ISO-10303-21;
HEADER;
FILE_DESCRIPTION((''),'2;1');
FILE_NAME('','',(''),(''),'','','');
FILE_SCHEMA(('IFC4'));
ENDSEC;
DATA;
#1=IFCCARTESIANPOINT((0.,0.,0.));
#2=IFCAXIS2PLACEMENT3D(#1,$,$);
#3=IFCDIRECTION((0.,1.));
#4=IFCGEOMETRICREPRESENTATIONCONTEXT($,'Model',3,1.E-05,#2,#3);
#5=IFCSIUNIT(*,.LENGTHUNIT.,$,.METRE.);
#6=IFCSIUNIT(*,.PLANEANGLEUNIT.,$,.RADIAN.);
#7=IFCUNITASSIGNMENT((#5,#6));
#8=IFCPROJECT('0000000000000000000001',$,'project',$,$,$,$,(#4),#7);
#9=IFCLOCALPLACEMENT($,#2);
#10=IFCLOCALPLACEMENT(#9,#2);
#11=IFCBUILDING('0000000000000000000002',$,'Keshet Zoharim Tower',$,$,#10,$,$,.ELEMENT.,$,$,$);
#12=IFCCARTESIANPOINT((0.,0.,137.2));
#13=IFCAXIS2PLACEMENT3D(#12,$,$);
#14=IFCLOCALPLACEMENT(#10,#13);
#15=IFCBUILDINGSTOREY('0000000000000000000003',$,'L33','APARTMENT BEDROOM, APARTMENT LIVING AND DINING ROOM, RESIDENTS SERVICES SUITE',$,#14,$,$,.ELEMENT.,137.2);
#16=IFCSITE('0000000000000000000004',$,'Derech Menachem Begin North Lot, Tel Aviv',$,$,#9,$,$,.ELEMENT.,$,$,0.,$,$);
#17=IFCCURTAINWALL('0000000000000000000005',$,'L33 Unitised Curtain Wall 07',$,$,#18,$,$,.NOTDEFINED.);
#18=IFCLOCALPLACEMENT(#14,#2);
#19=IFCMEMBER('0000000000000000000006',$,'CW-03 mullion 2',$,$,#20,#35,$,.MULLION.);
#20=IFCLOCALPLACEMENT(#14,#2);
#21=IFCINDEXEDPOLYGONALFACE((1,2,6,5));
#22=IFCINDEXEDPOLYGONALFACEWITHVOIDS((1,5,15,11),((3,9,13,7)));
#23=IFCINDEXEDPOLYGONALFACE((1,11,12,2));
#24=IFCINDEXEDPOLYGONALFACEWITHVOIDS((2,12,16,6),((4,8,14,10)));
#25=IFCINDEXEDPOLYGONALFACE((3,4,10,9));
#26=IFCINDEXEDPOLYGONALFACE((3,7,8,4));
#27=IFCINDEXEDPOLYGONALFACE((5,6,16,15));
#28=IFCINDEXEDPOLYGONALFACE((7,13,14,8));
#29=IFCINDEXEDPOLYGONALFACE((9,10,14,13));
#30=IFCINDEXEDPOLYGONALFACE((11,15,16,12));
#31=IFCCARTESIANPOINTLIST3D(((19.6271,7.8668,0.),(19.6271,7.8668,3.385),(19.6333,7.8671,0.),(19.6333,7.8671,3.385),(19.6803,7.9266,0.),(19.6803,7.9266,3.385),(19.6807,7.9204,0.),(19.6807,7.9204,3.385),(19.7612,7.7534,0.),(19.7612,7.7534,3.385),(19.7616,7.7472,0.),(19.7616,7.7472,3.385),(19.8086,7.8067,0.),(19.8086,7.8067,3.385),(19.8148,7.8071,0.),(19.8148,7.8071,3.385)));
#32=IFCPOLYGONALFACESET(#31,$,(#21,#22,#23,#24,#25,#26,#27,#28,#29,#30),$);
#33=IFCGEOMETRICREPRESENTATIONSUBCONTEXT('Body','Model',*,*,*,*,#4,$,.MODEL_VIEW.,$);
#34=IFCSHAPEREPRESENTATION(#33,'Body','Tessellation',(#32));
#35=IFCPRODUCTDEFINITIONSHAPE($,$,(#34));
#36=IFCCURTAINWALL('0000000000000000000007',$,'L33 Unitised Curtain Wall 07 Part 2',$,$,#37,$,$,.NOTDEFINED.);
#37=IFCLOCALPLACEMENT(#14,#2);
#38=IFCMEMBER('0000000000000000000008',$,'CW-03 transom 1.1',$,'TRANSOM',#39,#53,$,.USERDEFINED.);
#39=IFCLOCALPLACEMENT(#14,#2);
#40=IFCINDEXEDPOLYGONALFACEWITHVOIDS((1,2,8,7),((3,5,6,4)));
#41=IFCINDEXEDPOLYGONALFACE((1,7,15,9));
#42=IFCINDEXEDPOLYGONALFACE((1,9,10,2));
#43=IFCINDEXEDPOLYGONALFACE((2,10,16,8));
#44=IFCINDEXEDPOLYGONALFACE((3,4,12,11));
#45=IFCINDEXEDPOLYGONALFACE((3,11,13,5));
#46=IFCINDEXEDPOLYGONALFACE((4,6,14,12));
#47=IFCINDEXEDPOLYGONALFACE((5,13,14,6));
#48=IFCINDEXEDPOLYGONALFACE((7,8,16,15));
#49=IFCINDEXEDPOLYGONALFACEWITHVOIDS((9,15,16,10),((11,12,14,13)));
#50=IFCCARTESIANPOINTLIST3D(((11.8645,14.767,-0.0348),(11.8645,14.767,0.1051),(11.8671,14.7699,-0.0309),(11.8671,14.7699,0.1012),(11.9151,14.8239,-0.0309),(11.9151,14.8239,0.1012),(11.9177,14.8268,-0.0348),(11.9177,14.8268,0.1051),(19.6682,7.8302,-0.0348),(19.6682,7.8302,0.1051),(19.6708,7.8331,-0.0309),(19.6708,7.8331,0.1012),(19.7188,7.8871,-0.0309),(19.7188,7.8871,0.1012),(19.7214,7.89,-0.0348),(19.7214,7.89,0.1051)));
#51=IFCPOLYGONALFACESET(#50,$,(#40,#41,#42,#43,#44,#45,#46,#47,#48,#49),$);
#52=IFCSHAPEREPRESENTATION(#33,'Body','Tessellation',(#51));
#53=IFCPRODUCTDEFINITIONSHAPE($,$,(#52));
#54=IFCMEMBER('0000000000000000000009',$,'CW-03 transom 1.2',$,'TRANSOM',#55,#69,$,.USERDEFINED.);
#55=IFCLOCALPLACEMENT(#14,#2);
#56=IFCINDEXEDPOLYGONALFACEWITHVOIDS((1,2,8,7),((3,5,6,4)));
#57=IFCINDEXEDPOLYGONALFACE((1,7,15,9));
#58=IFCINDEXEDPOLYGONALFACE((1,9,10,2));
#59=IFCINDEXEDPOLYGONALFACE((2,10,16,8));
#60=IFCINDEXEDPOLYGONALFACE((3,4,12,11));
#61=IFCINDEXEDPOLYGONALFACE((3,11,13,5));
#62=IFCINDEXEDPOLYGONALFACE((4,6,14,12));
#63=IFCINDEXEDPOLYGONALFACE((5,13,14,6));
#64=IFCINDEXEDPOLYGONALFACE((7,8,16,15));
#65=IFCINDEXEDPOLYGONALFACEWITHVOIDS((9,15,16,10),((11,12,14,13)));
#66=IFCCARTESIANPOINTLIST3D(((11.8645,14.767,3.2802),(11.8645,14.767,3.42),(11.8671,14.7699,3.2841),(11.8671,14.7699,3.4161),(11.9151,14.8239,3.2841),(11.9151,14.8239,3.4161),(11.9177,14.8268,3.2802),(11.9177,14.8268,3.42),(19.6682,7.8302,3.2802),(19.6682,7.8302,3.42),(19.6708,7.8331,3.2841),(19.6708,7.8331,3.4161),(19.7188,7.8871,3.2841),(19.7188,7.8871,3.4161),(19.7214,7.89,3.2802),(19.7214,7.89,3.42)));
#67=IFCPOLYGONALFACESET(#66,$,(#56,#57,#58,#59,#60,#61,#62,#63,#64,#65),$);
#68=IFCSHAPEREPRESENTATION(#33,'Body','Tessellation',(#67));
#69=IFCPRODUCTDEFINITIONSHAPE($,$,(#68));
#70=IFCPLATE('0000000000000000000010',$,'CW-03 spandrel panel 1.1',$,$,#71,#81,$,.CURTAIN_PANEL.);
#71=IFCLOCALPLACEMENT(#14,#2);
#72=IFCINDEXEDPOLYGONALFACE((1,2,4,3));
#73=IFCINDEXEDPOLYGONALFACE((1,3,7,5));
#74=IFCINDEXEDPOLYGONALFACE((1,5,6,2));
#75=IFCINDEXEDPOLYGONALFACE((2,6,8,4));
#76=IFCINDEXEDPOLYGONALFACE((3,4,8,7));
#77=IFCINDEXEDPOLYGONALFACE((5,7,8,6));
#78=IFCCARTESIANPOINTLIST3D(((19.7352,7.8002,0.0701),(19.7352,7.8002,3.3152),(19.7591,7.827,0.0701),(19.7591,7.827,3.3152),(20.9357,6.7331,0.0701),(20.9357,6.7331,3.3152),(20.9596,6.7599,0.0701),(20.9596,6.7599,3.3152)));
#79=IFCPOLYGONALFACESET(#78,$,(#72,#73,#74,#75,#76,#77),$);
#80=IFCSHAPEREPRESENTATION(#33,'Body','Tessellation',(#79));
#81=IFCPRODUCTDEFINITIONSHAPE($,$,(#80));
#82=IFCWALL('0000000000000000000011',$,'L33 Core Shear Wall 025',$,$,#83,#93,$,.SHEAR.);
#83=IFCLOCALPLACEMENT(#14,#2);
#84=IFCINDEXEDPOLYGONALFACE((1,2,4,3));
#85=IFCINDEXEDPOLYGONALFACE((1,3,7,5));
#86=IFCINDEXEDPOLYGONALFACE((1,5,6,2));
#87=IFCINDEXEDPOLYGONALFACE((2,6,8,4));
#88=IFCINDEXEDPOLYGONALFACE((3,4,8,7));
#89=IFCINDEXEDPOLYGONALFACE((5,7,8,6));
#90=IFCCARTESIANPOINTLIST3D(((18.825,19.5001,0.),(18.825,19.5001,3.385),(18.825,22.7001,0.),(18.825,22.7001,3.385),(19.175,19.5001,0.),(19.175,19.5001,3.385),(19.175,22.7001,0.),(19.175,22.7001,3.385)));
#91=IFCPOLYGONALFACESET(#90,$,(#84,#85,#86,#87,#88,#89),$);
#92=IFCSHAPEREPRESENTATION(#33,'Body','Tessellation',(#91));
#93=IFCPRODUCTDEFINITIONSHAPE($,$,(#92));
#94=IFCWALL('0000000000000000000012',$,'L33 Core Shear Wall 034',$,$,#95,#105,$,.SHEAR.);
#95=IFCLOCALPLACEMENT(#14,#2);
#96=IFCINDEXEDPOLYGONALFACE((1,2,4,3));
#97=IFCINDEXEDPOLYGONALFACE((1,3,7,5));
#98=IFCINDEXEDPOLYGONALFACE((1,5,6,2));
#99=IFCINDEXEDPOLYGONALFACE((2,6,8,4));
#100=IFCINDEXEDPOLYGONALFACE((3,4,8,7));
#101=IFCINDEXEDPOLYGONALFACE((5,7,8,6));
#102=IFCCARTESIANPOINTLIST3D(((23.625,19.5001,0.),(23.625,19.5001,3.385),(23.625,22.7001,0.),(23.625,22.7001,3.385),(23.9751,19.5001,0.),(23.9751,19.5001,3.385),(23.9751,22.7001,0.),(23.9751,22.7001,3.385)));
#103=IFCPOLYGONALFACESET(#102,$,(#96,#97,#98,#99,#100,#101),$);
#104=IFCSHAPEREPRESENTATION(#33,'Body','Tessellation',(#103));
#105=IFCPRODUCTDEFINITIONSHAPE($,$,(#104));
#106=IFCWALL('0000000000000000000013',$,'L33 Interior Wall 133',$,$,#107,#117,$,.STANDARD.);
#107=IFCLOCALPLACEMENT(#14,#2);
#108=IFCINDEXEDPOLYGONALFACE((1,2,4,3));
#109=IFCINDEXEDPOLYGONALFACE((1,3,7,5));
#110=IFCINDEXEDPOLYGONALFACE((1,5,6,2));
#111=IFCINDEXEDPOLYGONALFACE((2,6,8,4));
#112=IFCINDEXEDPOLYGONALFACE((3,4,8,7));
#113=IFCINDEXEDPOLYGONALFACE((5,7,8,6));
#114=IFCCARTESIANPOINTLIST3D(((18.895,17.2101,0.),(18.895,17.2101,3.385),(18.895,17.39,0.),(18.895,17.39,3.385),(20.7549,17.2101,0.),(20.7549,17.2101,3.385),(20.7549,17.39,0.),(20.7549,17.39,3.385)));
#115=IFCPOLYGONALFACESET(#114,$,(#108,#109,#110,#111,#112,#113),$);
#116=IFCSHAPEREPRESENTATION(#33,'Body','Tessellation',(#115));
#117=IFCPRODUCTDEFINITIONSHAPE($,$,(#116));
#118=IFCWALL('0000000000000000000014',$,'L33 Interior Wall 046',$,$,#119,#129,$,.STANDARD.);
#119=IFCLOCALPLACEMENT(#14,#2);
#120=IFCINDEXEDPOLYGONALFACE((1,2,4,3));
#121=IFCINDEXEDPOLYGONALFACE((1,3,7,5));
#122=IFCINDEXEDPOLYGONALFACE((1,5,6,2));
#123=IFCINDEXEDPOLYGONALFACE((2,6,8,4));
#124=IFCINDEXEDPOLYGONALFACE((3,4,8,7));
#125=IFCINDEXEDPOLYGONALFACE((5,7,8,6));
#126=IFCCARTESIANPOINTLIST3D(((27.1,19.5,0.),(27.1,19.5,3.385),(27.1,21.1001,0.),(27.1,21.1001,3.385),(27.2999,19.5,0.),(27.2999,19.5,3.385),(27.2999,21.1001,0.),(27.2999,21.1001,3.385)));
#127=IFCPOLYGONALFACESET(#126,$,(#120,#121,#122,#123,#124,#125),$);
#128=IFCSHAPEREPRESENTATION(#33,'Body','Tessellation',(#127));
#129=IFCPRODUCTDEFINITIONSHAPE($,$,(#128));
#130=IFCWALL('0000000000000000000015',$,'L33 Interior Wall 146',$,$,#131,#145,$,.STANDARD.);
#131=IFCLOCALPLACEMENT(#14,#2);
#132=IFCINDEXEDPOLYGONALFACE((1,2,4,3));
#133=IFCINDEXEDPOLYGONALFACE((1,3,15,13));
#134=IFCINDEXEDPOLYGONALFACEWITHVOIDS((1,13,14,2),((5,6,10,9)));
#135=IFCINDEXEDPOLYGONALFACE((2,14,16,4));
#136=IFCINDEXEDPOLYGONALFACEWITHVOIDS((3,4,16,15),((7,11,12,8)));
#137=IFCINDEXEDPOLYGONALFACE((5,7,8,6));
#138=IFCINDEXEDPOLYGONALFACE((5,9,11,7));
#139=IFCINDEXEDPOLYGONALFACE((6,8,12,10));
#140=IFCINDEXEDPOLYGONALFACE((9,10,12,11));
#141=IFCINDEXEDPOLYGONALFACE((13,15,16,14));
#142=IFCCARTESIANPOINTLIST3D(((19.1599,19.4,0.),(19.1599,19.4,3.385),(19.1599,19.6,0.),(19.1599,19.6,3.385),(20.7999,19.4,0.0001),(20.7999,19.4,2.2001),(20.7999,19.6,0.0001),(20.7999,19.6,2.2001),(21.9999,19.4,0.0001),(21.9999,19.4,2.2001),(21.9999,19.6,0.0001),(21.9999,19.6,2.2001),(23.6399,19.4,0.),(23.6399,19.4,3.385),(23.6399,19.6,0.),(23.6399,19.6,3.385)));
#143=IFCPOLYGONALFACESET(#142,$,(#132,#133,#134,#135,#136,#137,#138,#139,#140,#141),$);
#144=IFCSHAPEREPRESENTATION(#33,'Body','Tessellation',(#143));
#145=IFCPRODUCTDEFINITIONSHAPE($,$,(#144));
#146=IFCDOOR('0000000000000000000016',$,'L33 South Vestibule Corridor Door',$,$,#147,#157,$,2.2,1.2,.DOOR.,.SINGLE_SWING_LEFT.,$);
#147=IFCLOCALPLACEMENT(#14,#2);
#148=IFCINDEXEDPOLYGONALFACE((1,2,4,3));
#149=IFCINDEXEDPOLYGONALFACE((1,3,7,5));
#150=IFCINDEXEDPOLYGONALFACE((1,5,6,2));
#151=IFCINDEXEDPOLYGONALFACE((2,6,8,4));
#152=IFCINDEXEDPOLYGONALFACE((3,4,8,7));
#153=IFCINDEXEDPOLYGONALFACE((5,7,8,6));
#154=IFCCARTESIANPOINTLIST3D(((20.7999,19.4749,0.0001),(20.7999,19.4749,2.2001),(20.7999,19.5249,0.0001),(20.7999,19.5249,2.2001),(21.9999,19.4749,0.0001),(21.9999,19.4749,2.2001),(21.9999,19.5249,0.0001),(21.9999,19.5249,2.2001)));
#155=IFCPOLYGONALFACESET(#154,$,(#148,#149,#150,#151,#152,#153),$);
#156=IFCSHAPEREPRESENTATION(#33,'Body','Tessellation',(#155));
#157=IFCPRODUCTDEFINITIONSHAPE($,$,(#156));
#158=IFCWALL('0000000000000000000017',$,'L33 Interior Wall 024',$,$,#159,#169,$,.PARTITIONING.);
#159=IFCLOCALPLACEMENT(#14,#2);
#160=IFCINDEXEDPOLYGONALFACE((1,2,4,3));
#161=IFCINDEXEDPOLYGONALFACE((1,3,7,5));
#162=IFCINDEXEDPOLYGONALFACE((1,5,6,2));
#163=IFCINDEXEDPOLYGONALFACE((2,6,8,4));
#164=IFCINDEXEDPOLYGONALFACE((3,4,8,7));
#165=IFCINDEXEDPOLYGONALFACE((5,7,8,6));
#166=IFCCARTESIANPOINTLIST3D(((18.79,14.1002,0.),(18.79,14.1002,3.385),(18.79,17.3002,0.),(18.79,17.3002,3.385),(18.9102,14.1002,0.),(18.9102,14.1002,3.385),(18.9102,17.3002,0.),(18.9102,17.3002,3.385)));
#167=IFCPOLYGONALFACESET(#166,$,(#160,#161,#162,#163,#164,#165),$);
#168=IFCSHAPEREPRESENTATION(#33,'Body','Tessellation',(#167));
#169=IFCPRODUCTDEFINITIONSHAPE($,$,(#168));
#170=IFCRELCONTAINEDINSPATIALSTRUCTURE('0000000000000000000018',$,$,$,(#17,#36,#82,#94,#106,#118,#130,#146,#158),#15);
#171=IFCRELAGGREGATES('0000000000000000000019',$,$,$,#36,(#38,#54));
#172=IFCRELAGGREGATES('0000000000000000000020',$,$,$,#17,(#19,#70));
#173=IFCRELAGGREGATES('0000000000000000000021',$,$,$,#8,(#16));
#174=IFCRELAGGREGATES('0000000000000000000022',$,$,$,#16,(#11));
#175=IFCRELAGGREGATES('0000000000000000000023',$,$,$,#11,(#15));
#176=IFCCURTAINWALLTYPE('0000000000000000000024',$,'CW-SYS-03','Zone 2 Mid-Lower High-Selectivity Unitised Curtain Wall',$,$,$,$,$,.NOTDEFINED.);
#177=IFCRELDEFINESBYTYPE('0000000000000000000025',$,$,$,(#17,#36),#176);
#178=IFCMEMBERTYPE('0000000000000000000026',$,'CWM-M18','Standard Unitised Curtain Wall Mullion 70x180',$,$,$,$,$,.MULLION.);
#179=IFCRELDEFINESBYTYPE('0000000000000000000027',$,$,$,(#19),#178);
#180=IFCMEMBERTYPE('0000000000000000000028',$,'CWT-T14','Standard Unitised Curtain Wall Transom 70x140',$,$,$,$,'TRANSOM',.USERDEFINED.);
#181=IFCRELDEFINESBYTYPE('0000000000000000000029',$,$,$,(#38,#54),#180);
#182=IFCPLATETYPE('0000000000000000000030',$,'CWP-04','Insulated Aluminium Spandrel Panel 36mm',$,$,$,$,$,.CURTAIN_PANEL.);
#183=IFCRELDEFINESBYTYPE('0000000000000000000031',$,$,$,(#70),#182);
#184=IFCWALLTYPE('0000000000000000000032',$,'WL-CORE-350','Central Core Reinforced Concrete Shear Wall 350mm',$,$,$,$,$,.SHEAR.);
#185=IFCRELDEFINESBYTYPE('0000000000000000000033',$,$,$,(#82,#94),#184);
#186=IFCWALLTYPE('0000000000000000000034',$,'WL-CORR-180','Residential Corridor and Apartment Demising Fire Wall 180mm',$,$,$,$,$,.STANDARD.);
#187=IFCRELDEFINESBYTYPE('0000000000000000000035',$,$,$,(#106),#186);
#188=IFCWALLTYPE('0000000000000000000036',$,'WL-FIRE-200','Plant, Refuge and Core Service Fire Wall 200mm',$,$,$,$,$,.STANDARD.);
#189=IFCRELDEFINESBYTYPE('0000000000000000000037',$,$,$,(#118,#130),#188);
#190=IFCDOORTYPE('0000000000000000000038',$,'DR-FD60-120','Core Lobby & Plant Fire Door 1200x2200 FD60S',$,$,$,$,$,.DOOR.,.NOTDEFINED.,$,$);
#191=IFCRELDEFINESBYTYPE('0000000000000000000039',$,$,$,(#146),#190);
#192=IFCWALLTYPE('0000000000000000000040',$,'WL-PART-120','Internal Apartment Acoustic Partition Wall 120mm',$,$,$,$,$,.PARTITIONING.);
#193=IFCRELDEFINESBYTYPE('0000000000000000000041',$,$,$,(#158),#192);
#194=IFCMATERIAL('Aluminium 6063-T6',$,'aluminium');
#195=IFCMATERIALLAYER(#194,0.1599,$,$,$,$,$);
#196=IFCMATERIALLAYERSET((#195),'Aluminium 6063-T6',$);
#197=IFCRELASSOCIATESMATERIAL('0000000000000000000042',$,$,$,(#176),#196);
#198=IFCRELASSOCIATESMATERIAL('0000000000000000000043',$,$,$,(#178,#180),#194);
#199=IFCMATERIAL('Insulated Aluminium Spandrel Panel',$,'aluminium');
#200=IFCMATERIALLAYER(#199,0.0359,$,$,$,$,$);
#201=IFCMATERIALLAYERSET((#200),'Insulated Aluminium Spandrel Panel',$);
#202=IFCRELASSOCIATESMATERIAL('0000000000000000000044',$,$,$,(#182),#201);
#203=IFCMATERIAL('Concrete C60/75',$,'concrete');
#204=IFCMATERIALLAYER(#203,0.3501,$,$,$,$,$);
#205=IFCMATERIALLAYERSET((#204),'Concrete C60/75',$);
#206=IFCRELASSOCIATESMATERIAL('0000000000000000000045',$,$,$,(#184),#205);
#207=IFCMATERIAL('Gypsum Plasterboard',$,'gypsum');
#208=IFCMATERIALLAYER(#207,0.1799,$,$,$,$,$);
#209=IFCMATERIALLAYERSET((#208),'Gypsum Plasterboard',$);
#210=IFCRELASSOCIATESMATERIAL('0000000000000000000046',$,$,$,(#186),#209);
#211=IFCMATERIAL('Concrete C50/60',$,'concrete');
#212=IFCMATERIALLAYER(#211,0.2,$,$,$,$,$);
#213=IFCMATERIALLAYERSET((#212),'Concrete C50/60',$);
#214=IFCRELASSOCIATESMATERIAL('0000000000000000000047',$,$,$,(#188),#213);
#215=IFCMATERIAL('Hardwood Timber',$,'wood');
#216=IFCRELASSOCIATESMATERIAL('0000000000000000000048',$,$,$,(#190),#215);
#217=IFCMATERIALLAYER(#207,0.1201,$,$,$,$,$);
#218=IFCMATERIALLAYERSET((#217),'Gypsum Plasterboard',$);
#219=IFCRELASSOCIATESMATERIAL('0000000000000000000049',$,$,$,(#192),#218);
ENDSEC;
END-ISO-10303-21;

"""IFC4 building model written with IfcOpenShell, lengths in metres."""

from ifc_helpers import new_model, si_unit, direction, frame, frame_2d, origin, origin_2d, place, context, subcontext, project, spatial, rectangle, hollow_rectangle, extrude, material, layer, layer_set, material_profile, profile_set, type_object, element, fill, aggregate, save


model = new_model("IFC4")

# Units and contexts
model_context = context("Model", 3, precision=1e-05, world=origin(), true_north=direction((0.0, 1.0)))
body_context = subcontext(model_context, "Body", "Model", "MODEL_VIEW")
ifc_project = project(units=[si_unit("LENGTHUNIT", "METRE"), si_unit("PLANEANGLEUNIT", "RADIAN")], contexts=[model_context])

# Site, building, storey
site_placement = place(None, origin())
site = spatial("IfcSite", under=ifc_project, at=site_placement, Name="Derech Menachem Begin North Lot, Tel Aviv", CompositionType="ELEMENT", RefElevation=0.0)
building_placement = place(site_placement, origin())
building = spatial("IfcBuilding", under=site, at=building_placement, Name="Keshet Zoharim Tower", CompositionType="ELEMENT")
storey_placement = place(building_placement, frame((0.0, 0.0, 137.2)))
storey = spatial("IfcBuildingStorey", under=building, at=storey_placement, Name="L33", Description="APARTMENT BEDROOM, APARTMENT LIVING AND DINING ROOM, RESIDENTS SERVICES SUITE", CompositionType="ELEMENT", Elevation=137.2)

# Curtain wall, member
ifc_material_1 = material(Name="Aluminium 6063-T6", Category="aluminium")
ifc_layer_1 = layer(ifc_material_1, 0.1599)
ifc_layer_set_1 = layer_set([ifc_layer_1], Name="Aluminium 6063-T6")
curtain_wall_type = type_object("IfcCurtainWallType", Name="CW-SYS-03", Description="Zone 2 Mid-Lower High-Selectivity Unitised Curtain Wall", PredefinedType="NOTDEFINED", material=ifc_layer_set_1)
curtain_wall_1_placement = place(storey_placement, origin())
curtain_wall_1 = element("IfcCurtainWall", 1, at=curtain_wall_1_placement, inside=storey, type_object=curtain_wall_type, Name="L33 Unitised Curtain Wall 07", PredefinedType="NOTDEFINED")
ifc_material_profile_1 = material_profile(ifc_material_1, hollow_rectangle(XDim=0.0801, YDim=0.1799, WallThickness=0.0044, at=origin_2d()), Name="MUL-80x180")
ifc_profile_set_1 = profile_set([ifc_material_profile_1], Name="Aluminium 6063-T6")
member_type_1 = type_object("IfcMemberType", Name="CWM-M18", Description="Standard Unitised Curtain Wall Mullion 70x180", PredefinedType="MULLION", material=ifc_profile_set_1)
member_1_placement = place(storey_placement, frame((19.7209, 7.8369, 0.0), z_axis=(0.0, 0.0, 1.0), x_axis=(-0.664367, -0.747406, 0.0)))
member_1 = element("IfcMember", 2, at=member_1_placement, type_object=member_type_1, Name="CW-03 mullion 2", PredefinedType="MULLION", context=body_context, shape_type="SweptSolid", body=[
    extrude(hollow_rectangle(XDim=0.0801, YDim=0.1799, WallThickness=0.0044, at=origin_2d()), origin(), (0.0, 0.0, 1.0), 3.385),
])

# Curtain wall, members
curtain_wall_2_placement = place(storey_placement, origin())
curtain_wall_2 = element("IfcCurtainWall", 3, at=curtain_wall_2_placement, inside=storey, type_object=curtain_wall_type, Name="L33 Unitised Curtain Wall 07 Part 2", PredefinedType="NOTDEFINED")
ifc_material_profile_2 = material_profile(ifc_material_1, hollow_rectangle(XDim=0.0801, YDim=0.1399, WallThickness=0.0039, at=origin_2d()), Name="TRN-80x140")
ifc_profile_set_2 = profile_set([ifc_material_profile_2], Name="Aluminium 6063-T6")
member_type_2 = type_object("IfcMemberType", Name="CWT-T14", Description="Standard Unitised Curtain Wall Transom 70x140", ElementType="TRANSOM", PredefinedType="USERDEFINED", material=ifc_profile_set_2)
member_2_placement = place(storey_placement, frame((19.6948, 7.8601, 0.0352), z_axis=(-0.747403, 0.664371, 0.0), x_axis=(-0.664371, -0.747403, 0.0)))
member_2 = element("IfcMember", 4, at=member_2_placement, type_object=member_type_2, Name="CW-03 transom 1.1", ObjectType="TRANSOM", PredefinedType="USERDEFINED", context=body_context, shape_type="SweptSolid", body=[
    extrude(hollow_rectangle(XDim=0.0801, YDim=0.1399, WallThickness=0.0039, at=origin_2d()), origin(), (0.0, 0.0, 1.0), 10.4412),
])
member_3_placement = place(storey_placement, frame((19.6948, 7.8601, 3.3501), z_axis=(-0.747403, 0.664371, 0.0), x_axis=(-0.664371, -0.747403, 0.0)))
member_3 = element("IfcMember", 5, at=member_3_placement, type_object=member_type_2, Name="CW-03 transom 1.2", ObjectType="TRANSOM", PredefinedType="USERDEFINED", context=body_context, shape_type="SweptSolid", body=[
    extrude(hollow_rectangle(XDim=0.0801, YDim=0.1399, WallThickness=0.0039, at=origin_2d()), origin(), (0.0, 0.0, 1.0), 10.4412),
])
aggregate(curtain_wall_2, [member_2, member_3])

# Plate
ifc_material_2 = material(Name="Insulated Aluminium Spandrel Panel", Category="aluminium")
ifc_layer_2 = layer(ifc_material_2, 0.0359)
ifc_layer_set_2 = layer_set([ifc_layer_2], Name="Insulated Aluminium Spandrel Panel")
plate_type = type_object("IfcPlateType", Name="CWP-04", Description="Insulated Aluminium Spandrel Panel 36mm", PredefinedType="CURTAIN_PANEL", material=ifc_layer_set_2)
plate_placement = place(storey_placement, frame((20.3474, 7.28, 0.0701), z_axis=(0.0, 0.0, 1.0), x_axis=(-0.747406, 0.664367, 0.0)))
plate = element("IfcPlate", 6, at=plate_placement, type_object=plate_type, Name="CW-03 spandrel panel 1.1", PredefinedType="CURTAIN_PANEL", context=body_context, shape_type="SweptSolid", body=[
    extrude(rectangle(XDim=1.6062, YDim=0.0359, at=origin_2d()), origin(), (0.0, 0.0, 1.0), 3.2451),
])
aggregate(curtain_wall_1, [member_1, plate])

# Shared definitions
ifc_material_3 = material(Name="Gypsum Plasterboard", Category="gypsum")
ifc_material_4 = material(Name="Hardwood Timber", Category="wood")

# Walls
ifc_material_5 = material(Name="Concrete C60/75", Category="concrete")
ifc_layer_3 = layer(ifc_material_5, 0.3501)
ifc_layer_set_3 = layer_set([ifc_layer_3], Name="Concrete C60/75")
wall_type_1 = type_object("IfcWallType", Name="WL-CORE-350", Description="Central Core Reinforced Concrete Shear Wall 350mm", PredefinedType="SHEAR", material=ifc_layer_set_3)
for number, where, z_axis, x_axis, name in (
    (7, (19.0, 19.5, 0.0), (0.0, 0.0, 1.0), (0.0, 1.0, 0.0), "L33 Core Shear Wall 025"),
    (8, (23.8, 19.5, 0.0), (0.0, 0.0, 1.0), (0.0, 1.0, 0.0), "L33 Core Shear Wall 034"),
):
    element("IfcWall", number, at=place(storey_placement, frame(where, z_axis=z_axis, x_axis=x_axis)), inside=storey, type_object=wall_type_1, Name=name, PredefinedType="SHEAR", context=body_context, shape_type="SweptSolid", body=[
        extrude(rectangle(XDim=3.2, YDim=0.3501, at=frame_2d((1.6001, 0.0))), origin(), (0.0, 0.0, 1.0), 3.385),
    ])
ifc_layer_4 = layer(ifc_material_3, 0.1799)
ifc_layer_set_4 = layer_set([ifc_layer_4], Name="Gypsum Plasterboard")
wall_type_2 = type_object("IfcWallType", Name="WL-CORR-180", Description="Residential Corridor and Apartment Demising Fire Wall 180mm", PredefinedType="STANDARD", material=ifc_layer_set_4)
wall_1_placement = place(storey_placement, frame((18.895, 17.3, 0.0), z_axis=(0.0, 0.0, 1.0), x_axis=(1.0, 0.0, 0.0)))
element("IfcWall", 9, at=wall_1_placement, inside=storey, type_object=wall_type_2, Name="L33 Interior Wall 133", PredefinedType="STANDARD", context=body_context, shape_type="SweptSolid", body=[
    extrude(rectangle(XDim=1.8599, YDim=0.1799, at=frame_2d((0.9299, 0.0))), origin(), (0.0, 0.0, 1.0), 3.385),
])
ifc_material_6 = material(Name="Concrete C50/60", Category="concrete")
ifc_layer_5 = layer(ifc_material_6, 0.2)
ifc_layer_set_5 = layer_set([ifc_layer_5], Name="Concrete C50/60")
wall_type_3 = type_object("IfcWallType", Name="WL-FIRE-200", Description="Plant, Refuge and Core Service Fire Wall 200mm", PredefinedType="STANDARD", material=ifc_layer_set_5)
wall_2_placement = place(storey_placement, frame((27.2, 19.5, 0.0), z_axis=(0.0, 0.0, 1.0), x_axis=(0.0, 1.0, 0.0)))
element("IfcWall", 10, at=wall_2_placement, inside=storey, type_object=wall_type_3, Name="L33 Interior Wall 046", PredefinedType="STANDARD", context=body_context, shape_type="SweptSolid", body=[
    extrude(rectangle(XDim=1.6001, YDim=0.2, at=frame_2d((0.8, 0.0))), origin(), (0.0, 0.0, 1.0), 3.385),
])

# Wall, opening, door
wall_3_placement = place(storey_placement, frame((19.1599, 19.5, 0.0), z_axis=(0.0, 0.0, 1.0), x_axis=(1.0, 0.0, 0.0)))
wall_3 = element("IfcWall", 11, at=wall_3_placement, inside=storey, type_object=wall_type_3, Name="L33 Interior Wall 146", PredefinedType="STANDARD", context=body_context, shape_type="SweptSolid", body=[
    extrude(rectangle(XDim=4.48, YDim=0.2, at=frame_2d((2.24, 0.0))), origin(), (0.0, 0.0, 1.0), 3.385),
])
opening_1_placement = place(wall_3_placement, frame((1.6399, 0.0, 0.0)))
opening_1 = element("IfcOpeningElement", 12, at=opening_1_placement, cuts=wall_3, PredefinedType="OPENING", context=body_context, shape_type="SweptSolid", body=[
    extrude(rectangle(XDim=1.2, YDim=2.2, at=frame_2d((0.6001, 1.1001))), frame((0.0, 0.1099, 0.0), z_axis=(0.0, -1.0, 0.0), x_axis=(1.0, 0.0, 0.0)), (0.0, 0.0, 1.0), 0.22),
])
door_type_1 = type_object("IfcDoorType", Name="DR-FD60-120", Description="Core Lobby & Plant Fire Door 1200x2200 FD60S", OperationType="NOTDEFINED", PredefinedType="DOOR", material=ifc_material_4)
door_1_placement = place(opening_1_placement, origin())
door_1 = element("IfcDoor", 13, at=door_1_placement, inside=storey, type_object=door_type_1, Name="L33 South Vestibule Corridor Door", OperationType="SINGLE_SWING_LEFT", OverallHeight=2.2, OverallWidth=1.2, PredefinedType="DOOR", context=body_context, shape_type="SweptSolid", body=[
    extrude(rectangle(XDim=1.2, YDim=2.2, at=frame_2d((0.6001, 1.1001))), frame((0.0, 0.0249, 0.0), z_axis=(0.0, -1.0, 0.0), x_axis=(1.0, 0.0, 0.0)), (0.0, 0.0, 1.0), 0.05),
])
fill(opening_1, door_1)

# Wall
ifc_layer_6 = layer(ifc_material_3, 0.1201)
ifc_layer_set_6 = layer_set([ifc_layer_6], Name="Gypsum Plasterboard")
wall_type_4 = type_object("IfcWallType", Name="WL-PART-120", Description="Internal Apartment Acoustic Partition Wall 120mm", PredefinedType="PARTITIONING", material=ifc_layer_set_6)
wall_4_placement = place(storey_placement, frame((18.8501, 14.1001, 0.0), z_axis=(0.0, 0.0, 1.0), x_axis=(0.0, 1.0, 0.0)))
element("IfcWall", 14, at=wall_4_placement, inside=storey, type_object=wall_type_4, Name="L33 Interior Wall 024", PredefinedType="PARTITIONING", context=body_context, shape_type="SweptSolid", body=[
    extrude(rectangle(XDim=3.2, YDim=0.1201, at=frame_2d((1.6001, 0.0))), origin(), (0.0, 0.0, 1.0), 3.385),
])

save(model, "model.ifc")
